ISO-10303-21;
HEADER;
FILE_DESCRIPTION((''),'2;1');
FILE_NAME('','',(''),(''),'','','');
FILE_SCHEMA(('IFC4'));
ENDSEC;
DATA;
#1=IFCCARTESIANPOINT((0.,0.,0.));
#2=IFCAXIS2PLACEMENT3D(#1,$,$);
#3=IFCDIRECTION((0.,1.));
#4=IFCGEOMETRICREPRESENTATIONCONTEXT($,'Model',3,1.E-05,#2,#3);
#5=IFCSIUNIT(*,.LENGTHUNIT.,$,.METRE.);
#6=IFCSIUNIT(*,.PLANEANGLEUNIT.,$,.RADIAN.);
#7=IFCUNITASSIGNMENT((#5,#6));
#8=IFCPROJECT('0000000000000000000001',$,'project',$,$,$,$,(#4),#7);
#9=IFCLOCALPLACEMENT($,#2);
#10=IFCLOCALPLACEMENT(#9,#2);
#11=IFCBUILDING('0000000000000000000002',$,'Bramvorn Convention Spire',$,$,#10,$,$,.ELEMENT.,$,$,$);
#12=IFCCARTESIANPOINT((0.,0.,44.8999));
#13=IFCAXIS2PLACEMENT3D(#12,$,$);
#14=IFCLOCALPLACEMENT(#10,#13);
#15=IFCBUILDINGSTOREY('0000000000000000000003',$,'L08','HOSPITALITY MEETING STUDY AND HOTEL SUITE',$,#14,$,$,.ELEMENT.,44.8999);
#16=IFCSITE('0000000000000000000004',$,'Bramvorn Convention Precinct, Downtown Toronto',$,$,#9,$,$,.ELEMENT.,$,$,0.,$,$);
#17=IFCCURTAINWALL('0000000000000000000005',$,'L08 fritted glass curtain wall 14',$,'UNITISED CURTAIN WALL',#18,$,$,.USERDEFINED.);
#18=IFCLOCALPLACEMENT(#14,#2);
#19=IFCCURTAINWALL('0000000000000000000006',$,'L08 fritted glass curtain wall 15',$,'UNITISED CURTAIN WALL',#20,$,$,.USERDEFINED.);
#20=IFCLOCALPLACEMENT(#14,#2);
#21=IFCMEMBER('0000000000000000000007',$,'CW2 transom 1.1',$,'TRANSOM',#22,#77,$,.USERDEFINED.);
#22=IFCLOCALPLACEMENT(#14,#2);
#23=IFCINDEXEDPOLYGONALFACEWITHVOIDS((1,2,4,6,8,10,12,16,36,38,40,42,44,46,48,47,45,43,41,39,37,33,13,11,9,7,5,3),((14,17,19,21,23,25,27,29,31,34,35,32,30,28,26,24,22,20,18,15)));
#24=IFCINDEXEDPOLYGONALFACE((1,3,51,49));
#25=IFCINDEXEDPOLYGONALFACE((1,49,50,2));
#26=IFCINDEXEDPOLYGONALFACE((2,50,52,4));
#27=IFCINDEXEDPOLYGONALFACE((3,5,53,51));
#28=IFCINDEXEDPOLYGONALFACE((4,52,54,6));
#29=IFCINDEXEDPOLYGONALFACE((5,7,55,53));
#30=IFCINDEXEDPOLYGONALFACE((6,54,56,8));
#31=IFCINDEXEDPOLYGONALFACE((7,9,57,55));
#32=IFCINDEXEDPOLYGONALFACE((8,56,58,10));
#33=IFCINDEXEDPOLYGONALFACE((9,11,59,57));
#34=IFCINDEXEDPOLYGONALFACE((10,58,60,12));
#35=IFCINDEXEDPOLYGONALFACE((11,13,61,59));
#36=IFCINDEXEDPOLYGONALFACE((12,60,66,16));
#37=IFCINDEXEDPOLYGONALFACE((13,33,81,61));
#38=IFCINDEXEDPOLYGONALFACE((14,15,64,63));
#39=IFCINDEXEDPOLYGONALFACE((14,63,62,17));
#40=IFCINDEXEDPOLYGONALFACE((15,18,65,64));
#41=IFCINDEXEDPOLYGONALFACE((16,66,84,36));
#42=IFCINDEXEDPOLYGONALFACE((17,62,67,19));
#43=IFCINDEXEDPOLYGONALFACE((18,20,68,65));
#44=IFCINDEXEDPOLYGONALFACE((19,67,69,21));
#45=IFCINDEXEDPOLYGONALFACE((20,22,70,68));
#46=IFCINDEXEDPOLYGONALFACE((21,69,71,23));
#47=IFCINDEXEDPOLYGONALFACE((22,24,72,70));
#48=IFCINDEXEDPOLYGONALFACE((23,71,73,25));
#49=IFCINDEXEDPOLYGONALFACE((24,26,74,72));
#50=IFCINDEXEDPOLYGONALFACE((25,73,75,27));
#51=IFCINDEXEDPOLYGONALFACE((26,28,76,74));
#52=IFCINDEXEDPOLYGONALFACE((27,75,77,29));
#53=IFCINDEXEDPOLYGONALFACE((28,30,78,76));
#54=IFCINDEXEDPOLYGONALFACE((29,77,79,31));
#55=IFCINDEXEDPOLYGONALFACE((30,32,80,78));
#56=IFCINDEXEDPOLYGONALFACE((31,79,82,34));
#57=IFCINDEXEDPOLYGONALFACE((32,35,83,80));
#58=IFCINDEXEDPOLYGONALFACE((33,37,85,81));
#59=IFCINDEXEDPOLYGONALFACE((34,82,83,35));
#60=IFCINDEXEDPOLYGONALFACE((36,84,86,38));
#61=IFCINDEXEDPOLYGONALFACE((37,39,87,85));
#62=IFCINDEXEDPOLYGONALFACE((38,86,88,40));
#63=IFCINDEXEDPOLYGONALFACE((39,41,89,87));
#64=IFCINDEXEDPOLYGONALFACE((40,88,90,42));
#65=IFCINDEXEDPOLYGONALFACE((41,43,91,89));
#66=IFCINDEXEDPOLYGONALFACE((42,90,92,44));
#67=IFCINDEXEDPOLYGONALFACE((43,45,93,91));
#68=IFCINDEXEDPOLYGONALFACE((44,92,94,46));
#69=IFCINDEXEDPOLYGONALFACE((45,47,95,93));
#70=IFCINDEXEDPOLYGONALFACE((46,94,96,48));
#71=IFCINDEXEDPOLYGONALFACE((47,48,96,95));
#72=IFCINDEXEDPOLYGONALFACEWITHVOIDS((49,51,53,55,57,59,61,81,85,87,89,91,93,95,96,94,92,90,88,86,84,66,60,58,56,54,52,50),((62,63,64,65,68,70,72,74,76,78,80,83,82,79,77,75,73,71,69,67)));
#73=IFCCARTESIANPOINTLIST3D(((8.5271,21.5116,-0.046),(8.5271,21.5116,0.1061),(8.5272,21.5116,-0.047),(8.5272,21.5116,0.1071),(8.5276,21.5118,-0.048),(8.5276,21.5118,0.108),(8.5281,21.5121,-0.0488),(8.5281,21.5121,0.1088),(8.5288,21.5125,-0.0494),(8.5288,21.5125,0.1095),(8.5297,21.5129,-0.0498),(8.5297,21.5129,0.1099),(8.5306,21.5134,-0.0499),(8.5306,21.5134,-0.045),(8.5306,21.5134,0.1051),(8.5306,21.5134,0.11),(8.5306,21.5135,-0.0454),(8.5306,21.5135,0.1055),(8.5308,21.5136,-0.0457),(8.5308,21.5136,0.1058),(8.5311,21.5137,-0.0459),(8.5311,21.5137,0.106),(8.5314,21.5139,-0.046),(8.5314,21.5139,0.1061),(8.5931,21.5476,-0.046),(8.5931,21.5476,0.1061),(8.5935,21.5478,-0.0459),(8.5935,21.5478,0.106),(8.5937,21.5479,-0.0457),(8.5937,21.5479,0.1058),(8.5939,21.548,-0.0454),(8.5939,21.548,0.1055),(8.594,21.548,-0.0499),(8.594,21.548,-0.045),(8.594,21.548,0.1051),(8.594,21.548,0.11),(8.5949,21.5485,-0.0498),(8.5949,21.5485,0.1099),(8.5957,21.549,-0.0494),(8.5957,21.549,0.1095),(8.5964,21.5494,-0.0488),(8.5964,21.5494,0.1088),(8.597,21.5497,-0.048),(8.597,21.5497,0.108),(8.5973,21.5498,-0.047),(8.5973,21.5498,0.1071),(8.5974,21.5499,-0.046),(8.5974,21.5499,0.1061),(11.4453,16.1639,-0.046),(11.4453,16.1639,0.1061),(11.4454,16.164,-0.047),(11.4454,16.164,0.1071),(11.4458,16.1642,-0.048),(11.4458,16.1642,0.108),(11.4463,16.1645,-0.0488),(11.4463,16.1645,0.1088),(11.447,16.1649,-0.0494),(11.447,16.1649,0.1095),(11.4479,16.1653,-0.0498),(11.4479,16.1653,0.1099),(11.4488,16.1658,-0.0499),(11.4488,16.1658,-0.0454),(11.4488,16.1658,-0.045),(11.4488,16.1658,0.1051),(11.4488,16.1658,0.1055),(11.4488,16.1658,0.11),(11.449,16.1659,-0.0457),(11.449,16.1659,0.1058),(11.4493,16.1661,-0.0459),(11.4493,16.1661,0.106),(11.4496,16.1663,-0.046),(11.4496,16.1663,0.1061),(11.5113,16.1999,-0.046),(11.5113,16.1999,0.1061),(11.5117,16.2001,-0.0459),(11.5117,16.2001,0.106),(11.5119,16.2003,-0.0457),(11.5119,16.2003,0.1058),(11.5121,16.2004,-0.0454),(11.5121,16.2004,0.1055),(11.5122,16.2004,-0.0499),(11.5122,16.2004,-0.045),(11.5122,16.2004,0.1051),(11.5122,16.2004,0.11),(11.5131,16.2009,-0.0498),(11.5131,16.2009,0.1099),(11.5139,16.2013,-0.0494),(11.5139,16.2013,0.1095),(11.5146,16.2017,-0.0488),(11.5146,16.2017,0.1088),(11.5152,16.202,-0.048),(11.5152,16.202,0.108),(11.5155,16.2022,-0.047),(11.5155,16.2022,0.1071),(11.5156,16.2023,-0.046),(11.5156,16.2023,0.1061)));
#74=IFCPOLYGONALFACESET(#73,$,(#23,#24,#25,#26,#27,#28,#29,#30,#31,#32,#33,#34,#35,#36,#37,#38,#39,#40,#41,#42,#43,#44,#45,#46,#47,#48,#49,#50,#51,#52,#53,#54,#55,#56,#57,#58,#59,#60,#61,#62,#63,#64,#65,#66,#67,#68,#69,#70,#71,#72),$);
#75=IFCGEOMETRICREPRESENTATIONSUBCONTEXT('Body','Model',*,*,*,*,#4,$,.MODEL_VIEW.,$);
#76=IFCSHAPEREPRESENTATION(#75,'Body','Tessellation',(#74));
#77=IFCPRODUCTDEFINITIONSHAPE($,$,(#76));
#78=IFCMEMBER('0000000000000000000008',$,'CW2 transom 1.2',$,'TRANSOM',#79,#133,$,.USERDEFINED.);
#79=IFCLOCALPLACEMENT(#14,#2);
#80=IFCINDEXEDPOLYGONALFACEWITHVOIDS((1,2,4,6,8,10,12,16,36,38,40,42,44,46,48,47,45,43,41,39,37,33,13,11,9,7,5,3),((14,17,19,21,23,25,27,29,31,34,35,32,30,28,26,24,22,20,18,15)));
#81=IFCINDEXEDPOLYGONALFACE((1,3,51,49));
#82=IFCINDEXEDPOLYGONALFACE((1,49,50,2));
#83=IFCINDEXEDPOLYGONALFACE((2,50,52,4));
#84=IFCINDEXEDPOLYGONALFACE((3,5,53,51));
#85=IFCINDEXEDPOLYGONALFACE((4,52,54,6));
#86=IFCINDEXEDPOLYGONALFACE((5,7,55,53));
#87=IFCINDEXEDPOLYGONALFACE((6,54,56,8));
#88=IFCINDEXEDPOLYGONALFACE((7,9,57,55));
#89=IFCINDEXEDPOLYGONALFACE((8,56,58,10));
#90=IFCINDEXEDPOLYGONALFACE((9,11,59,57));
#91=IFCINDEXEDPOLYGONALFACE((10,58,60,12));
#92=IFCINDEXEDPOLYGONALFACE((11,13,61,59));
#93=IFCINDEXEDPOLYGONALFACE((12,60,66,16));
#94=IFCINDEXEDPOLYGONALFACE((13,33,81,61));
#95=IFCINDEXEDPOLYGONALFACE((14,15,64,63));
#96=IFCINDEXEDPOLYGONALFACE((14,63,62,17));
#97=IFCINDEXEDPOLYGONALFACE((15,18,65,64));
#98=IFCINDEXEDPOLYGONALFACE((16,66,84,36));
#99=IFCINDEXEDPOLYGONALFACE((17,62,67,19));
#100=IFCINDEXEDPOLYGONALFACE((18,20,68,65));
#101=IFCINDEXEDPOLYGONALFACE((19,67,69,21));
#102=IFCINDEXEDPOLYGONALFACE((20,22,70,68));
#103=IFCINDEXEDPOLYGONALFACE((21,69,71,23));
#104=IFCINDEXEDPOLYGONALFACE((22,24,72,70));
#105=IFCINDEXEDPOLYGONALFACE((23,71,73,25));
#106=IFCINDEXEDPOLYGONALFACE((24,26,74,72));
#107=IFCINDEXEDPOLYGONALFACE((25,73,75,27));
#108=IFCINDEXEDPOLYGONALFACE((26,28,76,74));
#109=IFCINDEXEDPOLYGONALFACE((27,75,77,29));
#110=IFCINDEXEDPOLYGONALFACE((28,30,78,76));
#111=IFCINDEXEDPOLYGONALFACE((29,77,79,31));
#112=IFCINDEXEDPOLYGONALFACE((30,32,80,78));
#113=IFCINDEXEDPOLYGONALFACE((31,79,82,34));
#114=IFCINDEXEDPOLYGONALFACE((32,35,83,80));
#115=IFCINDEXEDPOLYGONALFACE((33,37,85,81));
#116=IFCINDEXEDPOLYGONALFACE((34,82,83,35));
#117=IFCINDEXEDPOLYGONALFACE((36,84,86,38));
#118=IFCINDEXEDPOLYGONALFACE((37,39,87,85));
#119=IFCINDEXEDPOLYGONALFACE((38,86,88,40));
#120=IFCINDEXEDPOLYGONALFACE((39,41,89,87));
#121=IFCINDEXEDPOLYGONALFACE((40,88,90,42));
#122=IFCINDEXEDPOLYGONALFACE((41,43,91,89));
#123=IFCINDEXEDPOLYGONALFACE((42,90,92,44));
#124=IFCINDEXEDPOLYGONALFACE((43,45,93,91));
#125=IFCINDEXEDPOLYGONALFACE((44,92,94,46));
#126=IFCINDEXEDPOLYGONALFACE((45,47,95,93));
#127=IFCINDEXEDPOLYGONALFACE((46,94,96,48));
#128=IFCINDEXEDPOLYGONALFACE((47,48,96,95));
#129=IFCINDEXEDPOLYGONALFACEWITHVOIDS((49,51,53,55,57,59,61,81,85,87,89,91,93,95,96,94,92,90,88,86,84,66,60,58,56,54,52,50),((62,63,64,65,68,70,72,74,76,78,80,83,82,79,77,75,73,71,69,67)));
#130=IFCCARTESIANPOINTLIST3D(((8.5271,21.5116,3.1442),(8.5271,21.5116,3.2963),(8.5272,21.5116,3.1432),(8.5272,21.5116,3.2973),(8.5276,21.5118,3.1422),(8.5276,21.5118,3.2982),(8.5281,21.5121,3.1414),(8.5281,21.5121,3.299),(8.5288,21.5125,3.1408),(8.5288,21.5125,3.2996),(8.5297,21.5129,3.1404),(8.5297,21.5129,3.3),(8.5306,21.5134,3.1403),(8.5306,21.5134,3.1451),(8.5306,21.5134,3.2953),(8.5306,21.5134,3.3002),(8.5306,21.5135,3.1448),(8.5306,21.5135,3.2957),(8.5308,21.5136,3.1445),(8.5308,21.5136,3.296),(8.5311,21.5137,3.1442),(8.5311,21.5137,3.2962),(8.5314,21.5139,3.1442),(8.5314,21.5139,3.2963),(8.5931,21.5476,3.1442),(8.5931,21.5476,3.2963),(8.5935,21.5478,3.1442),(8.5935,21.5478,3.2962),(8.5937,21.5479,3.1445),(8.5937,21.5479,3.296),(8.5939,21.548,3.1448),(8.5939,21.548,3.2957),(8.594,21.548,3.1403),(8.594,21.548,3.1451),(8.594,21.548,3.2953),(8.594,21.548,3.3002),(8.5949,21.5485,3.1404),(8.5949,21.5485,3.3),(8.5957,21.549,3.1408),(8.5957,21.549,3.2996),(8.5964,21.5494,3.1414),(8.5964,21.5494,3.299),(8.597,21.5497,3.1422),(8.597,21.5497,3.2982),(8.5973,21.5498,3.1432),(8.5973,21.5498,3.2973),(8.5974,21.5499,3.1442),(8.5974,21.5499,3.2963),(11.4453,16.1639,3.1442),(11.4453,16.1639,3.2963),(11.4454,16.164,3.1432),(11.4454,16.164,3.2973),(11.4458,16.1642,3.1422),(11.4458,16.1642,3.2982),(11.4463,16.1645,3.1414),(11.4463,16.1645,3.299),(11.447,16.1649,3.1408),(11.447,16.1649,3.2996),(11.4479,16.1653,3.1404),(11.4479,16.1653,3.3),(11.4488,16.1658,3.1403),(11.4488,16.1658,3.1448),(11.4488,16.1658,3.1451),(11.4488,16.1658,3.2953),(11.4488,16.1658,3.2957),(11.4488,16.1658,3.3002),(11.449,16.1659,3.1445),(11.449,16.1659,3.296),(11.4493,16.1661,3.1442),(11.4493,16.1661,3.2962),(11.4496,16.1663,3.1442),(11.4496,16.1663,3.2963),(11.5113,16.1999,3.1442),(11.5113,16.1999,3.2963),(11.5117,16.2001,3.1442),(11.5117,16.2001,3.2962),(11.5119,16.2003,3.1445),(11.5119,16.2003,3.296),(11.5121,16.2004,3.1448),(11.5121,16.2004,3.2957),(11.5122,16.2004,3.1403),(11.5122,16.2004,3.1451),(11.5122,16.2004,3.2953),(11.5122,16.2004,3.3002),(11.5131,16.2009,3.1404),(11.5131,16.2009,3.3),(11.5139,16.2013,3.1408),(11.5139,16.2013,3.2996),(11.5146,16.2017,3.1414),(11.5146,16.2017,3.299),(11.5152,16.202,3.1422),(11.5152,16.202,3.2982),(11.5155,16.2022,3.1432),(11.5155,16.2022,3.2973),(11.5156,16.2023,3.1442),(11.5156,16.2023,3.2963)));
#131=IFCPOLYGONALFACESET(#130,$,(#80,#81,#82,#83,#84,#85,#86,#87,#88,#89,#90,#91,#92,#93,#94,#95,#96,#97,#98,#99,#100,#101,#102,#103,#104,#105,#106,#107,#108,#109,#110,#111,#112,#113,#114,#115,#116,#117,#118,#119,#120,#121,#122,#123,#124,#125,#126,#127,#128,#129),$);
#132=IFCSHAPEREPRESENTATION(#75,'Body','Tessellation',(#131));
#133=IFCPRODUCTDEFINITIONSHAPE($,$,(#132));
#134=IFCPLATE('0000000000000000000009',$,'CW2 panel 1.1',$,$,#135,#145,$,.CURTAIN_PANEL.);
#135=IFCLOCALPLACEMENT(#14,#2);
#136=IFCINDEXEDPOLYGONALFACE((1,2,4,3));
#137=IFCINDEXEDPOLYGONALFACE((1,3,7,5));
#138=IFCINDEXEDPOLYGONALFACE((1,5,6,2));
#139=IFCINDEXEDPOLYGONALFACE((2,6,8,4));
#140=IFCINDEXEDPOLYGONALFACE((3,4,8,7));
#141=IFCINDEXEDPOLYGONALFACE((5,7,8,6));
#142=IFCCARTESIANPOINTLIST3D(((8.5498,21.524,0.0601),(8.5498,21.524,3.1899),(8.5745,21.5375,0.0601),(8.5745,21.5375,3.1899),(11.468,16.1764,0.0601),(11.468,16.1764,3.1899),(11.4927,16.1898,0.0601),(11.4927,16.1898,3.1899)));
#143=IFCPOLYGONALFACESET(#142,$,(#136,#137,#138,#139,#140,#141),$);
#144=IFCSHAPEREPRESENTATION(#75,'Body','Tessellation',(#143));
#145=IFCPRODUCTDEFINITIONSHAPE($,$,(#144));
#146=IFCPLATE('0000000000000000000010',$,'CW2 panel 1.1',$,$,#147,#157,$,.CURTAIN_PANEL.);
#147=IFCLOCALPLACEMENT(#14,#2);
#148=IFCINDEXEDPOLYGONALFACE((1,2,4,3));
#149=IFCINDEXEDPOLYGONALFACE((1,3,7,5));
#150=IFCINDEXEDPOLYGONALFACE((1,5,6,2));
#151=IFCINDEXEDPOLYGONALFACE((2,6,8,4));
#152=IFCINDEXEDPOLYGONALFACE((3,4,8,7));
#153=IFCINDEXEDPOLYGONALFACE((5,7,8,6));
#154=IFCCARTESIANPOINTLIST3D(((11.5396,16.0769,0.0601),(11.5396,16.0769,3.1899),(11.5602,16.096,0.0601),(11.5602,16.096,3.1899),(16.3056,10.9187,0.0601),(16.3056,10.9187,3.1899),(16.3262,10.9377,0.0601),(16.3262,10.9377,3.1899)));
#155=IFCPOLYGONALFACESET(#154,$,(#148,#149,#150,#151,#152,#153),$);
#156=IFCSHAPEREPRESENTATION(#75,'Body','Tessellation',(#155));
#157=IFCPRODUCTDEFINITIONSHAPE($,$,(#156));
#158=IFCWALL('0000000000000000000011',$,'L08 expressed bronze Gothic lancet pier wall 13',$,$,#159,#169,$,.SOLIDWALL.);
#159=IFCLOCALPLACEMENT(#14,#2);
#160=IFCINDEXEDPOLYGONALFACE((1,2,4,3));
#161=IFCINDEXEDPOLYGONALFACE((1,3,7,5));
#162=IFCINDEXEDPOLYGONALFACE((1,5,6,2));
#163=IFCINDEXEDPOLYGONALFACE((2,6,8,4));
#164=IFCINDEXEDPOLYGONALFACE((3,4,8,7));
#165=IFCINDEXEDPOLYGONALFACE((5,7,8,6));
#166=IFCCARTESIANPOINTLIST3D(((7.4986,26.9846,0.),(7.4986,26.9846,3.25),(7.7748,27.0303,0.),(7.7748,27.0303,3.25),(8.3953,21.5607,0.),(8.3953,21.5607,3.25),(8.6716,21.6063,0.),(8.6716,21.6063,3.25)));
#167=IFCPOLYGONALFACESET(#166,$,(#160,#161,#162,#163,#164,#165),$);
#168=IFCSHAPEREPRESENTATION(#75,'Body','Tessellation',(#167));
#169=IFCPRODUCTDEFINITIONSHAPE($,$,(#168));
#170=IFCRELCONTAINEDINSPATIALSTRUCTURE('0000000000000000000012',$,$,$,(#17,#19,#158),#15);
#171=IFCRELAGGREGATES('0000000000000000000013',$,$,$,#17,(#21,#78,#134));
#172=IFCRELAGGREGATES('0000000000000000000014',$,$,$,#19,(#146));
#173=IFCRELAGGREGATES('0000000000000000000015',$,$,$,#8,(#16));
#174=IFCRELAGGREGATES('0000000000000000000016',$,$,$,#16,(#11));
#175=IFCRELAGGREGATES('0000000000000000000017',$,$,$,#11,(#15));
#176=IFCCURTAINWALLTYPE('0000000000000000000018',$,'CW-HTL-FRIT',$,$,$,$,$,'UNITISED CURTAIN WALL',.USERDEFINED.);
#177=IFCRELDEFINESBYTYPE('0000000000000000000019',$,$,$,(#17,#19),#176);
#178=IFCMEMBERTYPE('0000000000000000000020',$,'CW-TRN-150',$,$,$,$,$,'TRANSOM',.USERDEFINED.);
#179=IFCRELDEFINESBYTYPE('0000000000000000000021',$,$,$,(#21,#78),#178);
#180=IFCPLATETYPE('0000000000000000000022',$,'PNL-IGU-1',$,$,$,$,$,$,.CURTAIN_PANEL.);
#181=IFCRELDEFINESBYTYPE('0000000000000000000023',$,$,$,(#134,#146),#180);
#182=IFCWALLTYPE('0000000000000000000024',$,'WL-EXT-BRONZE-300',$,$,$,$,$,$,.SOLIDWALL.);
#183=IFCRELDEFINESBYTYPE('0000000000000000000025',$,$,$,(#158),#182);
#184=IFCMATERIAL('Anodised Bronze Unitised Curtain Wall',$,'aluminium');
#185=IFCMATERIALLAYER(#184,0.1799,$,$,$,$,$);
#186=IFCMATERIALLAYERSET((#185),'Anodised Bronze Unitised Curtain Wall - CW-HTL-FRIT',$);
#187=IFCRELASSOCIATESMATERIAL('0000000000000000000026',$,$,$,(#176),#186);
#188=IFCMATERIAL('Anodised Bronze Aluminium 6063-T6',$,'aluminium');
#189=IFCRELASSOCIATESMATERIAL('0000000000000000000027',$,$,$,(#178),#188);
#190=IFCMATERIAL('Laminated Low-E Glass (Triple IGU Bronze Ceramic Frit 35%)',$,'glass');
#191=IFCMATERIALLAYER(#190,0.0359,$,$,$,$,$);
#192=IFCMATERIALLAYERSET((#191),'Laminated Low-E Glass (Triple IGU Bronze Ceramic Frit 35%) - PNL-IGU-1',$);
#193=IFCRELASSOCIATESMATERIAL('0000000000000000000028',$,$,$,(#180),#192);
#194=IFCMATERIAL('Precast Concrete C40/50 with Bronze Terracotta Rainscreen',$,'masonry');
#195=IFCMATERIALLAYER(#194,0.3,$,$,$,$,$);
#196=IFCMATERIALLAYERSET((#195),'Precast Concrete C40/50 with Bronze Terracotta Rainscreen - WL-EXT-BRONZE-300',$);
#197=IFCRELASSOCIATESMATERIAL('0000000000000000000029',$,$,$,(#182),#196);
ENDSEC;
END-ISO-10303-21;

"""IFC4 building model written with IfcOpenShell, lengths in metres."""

from ifc_helpers import new_model, si_unit, direction, frame, frame_2d, origin, origin_2d, place, context, subcontext, project, spatial, rectangle, hollow_rectangle, extrude, material, layer, layer_set, material_profile, profile_set, type_object, element, aggregate, save


model = new_model("IFC4")

# Units and contexts
model_context = context("Model", 3, precision=1e-05, world=origin(), true_north=direction((0.0, 1.0)))
body_context = subcontext(model_context, "Body", "Model", "MODEL_VIEW")
ifc_project = project(units=[si_unit("LENGTHUNIT", "METRE"), si_unit("PLANEANGLEUNIT", "RADIAN")], contexts=[model_context])

# Site, building, storey
site_placement = place(None, origin())
site = spatial("IfcSite", under=ifc_project, at=site_placement, Name="Bramvorn Convention Precinct, Downtown Toronto", CompositionType="ELEMENT", RefElevation=0.0)
building_placement = place(site_placement, origin())
building = spatial("IfcBuilding", under=site, at=building_placement, Name="Bramvorn Convention Spire", CompositionType="ELEMENT")
storey_placement = place(building_placement, frame((0.0, 0.0, 44.8999)))
storey = spatial("IfcBuildingStorey", under=building, at=storey_placement, Name="L08", Description="HOSPITALITY MEETING STUDY AND HOTEL SUITE", CompositionType="ELEMENT", Elevation=44.8999)

# Curtain wall
ifc_material_1 = material(Name="Anodised Bronze Unitised Curtain Wall", Category="aluminium")
ifc_layer_1 = layer(ifc_material_1, 0.1799)
ifc_layer_set_1 = layer_set([ifc_layer_1], Name="Anodised Bronze Unitised Curtain Wall - CW-HTL-FRIT")
curtain_wall_type = type_object("IfcCurtainWallType", Name="CW-HTL-FRIT", ElementType="UNITISED CURTAIN WALL", PredefinedType="USERDEFINED", material=ifc_layer_set_1)
curtain_wall_1_placement = place(storey_placement, origin())
curtain_wall_1 = element("IfcCurtainWall", 1, at=curtain_wall_1_placement, inside=storey, type_object=curtain_wall_type, Name="L08 fritted glass curtain wall 14", ObjectType="UNITISED CURTAIN WALL", PredefinedType="USERDEFINED")
ifc_material_2 = material(Name="Anodised Bronze Aluminium 6063-T6", Category="aluminium")

# Curtain wall
curtain_wall_2_placement = place(storey_placement, origin())
curtain_wall_2 = element("IfcCurtainWall", 2, at=curtain_wall_2_placement, inside=storey, type_object=curtain_wall_type, Name="L08 fritted glass curtain wall 15", ObjectType="UNITISED CURTAIN WALL", PredefinedType="USERDEFINED")

# Members
ifc_material_profile_1 = material_profile(ifc_material_2, hollow_rectangle(XDim=0.0801, YDim=0.1599, WallThickness=0.0039, InnerFilletRadius=0.001, OuterFilletRadius=0.0039, at=origin_2d()))
ifc_profile_set_1 = profile_set([ifc_material_profile_1], Name="Anodised Bronze Aluminium 6063-T6 - CWT80X160")
member_type_1 = type_object("IfcMemberType", Name="CW-TRN-150", ElementType="TRANSOM", PredefinedType="USERDEFINED", material=ifc_profile_set_1)
member_1_placement = place(storey_placement, frame((11.4805, 16.1831, 0.03), z_axis=(-0.479018, 0.877805, 0.0), x_axis=(-0.877805, -0.479018, 0.0)))
member_1 = element("IfcMember", 3, at=member_1_placement, type_object=member_type_1, Name="CW2 transom 1.1", ObjectType="TRANSOM", PredefinedType="USERDEFINED", context=body_context, shape_type="SweptSolid", body=[
    extrude(hollow_rectangle(XDim=0.0801, YDim=0.1599, WallThickness=0.0039, InnerFilletRadius=0.001, OuterFilletRadius=0.0039, at=origin_2d()), origin(), (0.0, 0.0, 1.0), 6.092),
])
member_2_placement = place(storey_placement, frame((11.4805, 16.1831, 3.2202), z_axis=(-0.479018, 0.877805, 0.0), x_axis=(-0.877805, -0.479018, 0.0)))
member_2 = element("IfcMember", 4, at=member_2_placement, type_object=member_type_1, Name="CW2 transom 1.2", ObjectType="TRANSOM", PredefinedType="USERDEFINED", context=body_context, shape_type="SweptSolid", body=[
    extrude(hollow_rectangle(XDim=0.0801, YDim=0.1599, WallThickness=0.0039, InnerFilletRadius=0.001, OuterFilletRadius=0.0039, at=origin_2d()), origin(), (0.0, 0.0, 1.0), 6.092),
])

# Plates
ifc_material_3 = material(Name="Laminated Low-E Glass (Triple IGU Bronze Ceramic Frit 35%)", Category="glass")
ifc_layer_2 = layer(ifc_material_3, 0.0359)
ifc_layer_set_2 = layer_set([ifc_layer_2], Name="Laminated Low-E Glass (Triple IGU Bronze Ceramic Frit 35%) - PNL-IGU-1")
plate_type = type_object("IfcPlateType", Name="PNL-IGU-1", PredefinedType="CURTAIN_PANEL", material=ifc_layer_set_2)
plate_1_placement = place(storey_placement, frame((10.0212, 18.8569, 0.0601), z_axis=(0.0, 0.0, 1.0), x_axis=(-0.479018, 0.877805, 0.0)))
plate_1 = element("IfcPlate", 5, at=plate_1_placement, type_object=plate_type, Name="CW2 panel 1.1", PredefinedType="CURTAIN_PANEL", context=body_context, shape_type="SweptSolid", body=[
    extrude(rectangle(XDim=6.092, YDim=0.0281, at=origin_2d()), origin(), (0.0, 0.0, 1.0), 3.1299),
])
aggregate(curtain_wall_1, [member_1, member_2, plate_1])
plate_2_placement = place(storey_placement, frame((13.9329, 13.5073, 0.0601), z_axis=(0.0, 0.0, 1.0), x_axis=(-0.678632, 0.734478, 0.0)))
plate_2 = element("IfcPlate", 6, at=plate_2_placement, type_object=plate_type, Name="CW2 panel 1.1", PredefinedType="CURTAIN_PANEL", context=body_context, shape_type="SweptSolid", body=[
    extrude(rectangle(XDim=7.0229, YDim=0.0281, at=origin_2d()), origin(), (0.0, 0.0, 1.0), 3.1299),
])
aggregate(curtain_wall_2, [plate_2])

# Wall
ifc_material_4 = material(Name="Precast Concrete C40/50 with Bronze Terracotta Rainscreen", Category="masonry")
ifc_layer_3 = layer(ifc_material_4, 0.3)
ifc_layer_set_3 = layer_set([ifc_layer_3], Name="Precast Concrete C40/50 with Bronze Terracotta Rainscreen - WL-EXT-BRONZE-300")
wall_type_1 = type_object("IfcWallType", Name="WL-EXT-BRONZE-300", PredefinedType="SOLIDWALL", material=ifc_layer_set_3)
wall_1_placement = place(storey_placement, frame((8.5334, 21.5835, 0.0), z_axis=(0.0, 0.0, 1.0), x_axis=(-0.163117, 0.986607, 0.0)))
element("IfcWall", 7, at=wall_1_placement, inside=storey, type_object=wall_type_1, Name="L08 expressed bronze Gothic lancet pier wall 13", PredefinedType="SOLIDWALL", context=body_context, shape_type="SweptSolid", body=[
    extrude(rectangle(XDim=5.4976, YDim=0.28, at=frame_2d((2.7488, 0.0))), origin(), (0.0, 0.0, 1.0), 3.25),
])

save(model, "model.ifc")
